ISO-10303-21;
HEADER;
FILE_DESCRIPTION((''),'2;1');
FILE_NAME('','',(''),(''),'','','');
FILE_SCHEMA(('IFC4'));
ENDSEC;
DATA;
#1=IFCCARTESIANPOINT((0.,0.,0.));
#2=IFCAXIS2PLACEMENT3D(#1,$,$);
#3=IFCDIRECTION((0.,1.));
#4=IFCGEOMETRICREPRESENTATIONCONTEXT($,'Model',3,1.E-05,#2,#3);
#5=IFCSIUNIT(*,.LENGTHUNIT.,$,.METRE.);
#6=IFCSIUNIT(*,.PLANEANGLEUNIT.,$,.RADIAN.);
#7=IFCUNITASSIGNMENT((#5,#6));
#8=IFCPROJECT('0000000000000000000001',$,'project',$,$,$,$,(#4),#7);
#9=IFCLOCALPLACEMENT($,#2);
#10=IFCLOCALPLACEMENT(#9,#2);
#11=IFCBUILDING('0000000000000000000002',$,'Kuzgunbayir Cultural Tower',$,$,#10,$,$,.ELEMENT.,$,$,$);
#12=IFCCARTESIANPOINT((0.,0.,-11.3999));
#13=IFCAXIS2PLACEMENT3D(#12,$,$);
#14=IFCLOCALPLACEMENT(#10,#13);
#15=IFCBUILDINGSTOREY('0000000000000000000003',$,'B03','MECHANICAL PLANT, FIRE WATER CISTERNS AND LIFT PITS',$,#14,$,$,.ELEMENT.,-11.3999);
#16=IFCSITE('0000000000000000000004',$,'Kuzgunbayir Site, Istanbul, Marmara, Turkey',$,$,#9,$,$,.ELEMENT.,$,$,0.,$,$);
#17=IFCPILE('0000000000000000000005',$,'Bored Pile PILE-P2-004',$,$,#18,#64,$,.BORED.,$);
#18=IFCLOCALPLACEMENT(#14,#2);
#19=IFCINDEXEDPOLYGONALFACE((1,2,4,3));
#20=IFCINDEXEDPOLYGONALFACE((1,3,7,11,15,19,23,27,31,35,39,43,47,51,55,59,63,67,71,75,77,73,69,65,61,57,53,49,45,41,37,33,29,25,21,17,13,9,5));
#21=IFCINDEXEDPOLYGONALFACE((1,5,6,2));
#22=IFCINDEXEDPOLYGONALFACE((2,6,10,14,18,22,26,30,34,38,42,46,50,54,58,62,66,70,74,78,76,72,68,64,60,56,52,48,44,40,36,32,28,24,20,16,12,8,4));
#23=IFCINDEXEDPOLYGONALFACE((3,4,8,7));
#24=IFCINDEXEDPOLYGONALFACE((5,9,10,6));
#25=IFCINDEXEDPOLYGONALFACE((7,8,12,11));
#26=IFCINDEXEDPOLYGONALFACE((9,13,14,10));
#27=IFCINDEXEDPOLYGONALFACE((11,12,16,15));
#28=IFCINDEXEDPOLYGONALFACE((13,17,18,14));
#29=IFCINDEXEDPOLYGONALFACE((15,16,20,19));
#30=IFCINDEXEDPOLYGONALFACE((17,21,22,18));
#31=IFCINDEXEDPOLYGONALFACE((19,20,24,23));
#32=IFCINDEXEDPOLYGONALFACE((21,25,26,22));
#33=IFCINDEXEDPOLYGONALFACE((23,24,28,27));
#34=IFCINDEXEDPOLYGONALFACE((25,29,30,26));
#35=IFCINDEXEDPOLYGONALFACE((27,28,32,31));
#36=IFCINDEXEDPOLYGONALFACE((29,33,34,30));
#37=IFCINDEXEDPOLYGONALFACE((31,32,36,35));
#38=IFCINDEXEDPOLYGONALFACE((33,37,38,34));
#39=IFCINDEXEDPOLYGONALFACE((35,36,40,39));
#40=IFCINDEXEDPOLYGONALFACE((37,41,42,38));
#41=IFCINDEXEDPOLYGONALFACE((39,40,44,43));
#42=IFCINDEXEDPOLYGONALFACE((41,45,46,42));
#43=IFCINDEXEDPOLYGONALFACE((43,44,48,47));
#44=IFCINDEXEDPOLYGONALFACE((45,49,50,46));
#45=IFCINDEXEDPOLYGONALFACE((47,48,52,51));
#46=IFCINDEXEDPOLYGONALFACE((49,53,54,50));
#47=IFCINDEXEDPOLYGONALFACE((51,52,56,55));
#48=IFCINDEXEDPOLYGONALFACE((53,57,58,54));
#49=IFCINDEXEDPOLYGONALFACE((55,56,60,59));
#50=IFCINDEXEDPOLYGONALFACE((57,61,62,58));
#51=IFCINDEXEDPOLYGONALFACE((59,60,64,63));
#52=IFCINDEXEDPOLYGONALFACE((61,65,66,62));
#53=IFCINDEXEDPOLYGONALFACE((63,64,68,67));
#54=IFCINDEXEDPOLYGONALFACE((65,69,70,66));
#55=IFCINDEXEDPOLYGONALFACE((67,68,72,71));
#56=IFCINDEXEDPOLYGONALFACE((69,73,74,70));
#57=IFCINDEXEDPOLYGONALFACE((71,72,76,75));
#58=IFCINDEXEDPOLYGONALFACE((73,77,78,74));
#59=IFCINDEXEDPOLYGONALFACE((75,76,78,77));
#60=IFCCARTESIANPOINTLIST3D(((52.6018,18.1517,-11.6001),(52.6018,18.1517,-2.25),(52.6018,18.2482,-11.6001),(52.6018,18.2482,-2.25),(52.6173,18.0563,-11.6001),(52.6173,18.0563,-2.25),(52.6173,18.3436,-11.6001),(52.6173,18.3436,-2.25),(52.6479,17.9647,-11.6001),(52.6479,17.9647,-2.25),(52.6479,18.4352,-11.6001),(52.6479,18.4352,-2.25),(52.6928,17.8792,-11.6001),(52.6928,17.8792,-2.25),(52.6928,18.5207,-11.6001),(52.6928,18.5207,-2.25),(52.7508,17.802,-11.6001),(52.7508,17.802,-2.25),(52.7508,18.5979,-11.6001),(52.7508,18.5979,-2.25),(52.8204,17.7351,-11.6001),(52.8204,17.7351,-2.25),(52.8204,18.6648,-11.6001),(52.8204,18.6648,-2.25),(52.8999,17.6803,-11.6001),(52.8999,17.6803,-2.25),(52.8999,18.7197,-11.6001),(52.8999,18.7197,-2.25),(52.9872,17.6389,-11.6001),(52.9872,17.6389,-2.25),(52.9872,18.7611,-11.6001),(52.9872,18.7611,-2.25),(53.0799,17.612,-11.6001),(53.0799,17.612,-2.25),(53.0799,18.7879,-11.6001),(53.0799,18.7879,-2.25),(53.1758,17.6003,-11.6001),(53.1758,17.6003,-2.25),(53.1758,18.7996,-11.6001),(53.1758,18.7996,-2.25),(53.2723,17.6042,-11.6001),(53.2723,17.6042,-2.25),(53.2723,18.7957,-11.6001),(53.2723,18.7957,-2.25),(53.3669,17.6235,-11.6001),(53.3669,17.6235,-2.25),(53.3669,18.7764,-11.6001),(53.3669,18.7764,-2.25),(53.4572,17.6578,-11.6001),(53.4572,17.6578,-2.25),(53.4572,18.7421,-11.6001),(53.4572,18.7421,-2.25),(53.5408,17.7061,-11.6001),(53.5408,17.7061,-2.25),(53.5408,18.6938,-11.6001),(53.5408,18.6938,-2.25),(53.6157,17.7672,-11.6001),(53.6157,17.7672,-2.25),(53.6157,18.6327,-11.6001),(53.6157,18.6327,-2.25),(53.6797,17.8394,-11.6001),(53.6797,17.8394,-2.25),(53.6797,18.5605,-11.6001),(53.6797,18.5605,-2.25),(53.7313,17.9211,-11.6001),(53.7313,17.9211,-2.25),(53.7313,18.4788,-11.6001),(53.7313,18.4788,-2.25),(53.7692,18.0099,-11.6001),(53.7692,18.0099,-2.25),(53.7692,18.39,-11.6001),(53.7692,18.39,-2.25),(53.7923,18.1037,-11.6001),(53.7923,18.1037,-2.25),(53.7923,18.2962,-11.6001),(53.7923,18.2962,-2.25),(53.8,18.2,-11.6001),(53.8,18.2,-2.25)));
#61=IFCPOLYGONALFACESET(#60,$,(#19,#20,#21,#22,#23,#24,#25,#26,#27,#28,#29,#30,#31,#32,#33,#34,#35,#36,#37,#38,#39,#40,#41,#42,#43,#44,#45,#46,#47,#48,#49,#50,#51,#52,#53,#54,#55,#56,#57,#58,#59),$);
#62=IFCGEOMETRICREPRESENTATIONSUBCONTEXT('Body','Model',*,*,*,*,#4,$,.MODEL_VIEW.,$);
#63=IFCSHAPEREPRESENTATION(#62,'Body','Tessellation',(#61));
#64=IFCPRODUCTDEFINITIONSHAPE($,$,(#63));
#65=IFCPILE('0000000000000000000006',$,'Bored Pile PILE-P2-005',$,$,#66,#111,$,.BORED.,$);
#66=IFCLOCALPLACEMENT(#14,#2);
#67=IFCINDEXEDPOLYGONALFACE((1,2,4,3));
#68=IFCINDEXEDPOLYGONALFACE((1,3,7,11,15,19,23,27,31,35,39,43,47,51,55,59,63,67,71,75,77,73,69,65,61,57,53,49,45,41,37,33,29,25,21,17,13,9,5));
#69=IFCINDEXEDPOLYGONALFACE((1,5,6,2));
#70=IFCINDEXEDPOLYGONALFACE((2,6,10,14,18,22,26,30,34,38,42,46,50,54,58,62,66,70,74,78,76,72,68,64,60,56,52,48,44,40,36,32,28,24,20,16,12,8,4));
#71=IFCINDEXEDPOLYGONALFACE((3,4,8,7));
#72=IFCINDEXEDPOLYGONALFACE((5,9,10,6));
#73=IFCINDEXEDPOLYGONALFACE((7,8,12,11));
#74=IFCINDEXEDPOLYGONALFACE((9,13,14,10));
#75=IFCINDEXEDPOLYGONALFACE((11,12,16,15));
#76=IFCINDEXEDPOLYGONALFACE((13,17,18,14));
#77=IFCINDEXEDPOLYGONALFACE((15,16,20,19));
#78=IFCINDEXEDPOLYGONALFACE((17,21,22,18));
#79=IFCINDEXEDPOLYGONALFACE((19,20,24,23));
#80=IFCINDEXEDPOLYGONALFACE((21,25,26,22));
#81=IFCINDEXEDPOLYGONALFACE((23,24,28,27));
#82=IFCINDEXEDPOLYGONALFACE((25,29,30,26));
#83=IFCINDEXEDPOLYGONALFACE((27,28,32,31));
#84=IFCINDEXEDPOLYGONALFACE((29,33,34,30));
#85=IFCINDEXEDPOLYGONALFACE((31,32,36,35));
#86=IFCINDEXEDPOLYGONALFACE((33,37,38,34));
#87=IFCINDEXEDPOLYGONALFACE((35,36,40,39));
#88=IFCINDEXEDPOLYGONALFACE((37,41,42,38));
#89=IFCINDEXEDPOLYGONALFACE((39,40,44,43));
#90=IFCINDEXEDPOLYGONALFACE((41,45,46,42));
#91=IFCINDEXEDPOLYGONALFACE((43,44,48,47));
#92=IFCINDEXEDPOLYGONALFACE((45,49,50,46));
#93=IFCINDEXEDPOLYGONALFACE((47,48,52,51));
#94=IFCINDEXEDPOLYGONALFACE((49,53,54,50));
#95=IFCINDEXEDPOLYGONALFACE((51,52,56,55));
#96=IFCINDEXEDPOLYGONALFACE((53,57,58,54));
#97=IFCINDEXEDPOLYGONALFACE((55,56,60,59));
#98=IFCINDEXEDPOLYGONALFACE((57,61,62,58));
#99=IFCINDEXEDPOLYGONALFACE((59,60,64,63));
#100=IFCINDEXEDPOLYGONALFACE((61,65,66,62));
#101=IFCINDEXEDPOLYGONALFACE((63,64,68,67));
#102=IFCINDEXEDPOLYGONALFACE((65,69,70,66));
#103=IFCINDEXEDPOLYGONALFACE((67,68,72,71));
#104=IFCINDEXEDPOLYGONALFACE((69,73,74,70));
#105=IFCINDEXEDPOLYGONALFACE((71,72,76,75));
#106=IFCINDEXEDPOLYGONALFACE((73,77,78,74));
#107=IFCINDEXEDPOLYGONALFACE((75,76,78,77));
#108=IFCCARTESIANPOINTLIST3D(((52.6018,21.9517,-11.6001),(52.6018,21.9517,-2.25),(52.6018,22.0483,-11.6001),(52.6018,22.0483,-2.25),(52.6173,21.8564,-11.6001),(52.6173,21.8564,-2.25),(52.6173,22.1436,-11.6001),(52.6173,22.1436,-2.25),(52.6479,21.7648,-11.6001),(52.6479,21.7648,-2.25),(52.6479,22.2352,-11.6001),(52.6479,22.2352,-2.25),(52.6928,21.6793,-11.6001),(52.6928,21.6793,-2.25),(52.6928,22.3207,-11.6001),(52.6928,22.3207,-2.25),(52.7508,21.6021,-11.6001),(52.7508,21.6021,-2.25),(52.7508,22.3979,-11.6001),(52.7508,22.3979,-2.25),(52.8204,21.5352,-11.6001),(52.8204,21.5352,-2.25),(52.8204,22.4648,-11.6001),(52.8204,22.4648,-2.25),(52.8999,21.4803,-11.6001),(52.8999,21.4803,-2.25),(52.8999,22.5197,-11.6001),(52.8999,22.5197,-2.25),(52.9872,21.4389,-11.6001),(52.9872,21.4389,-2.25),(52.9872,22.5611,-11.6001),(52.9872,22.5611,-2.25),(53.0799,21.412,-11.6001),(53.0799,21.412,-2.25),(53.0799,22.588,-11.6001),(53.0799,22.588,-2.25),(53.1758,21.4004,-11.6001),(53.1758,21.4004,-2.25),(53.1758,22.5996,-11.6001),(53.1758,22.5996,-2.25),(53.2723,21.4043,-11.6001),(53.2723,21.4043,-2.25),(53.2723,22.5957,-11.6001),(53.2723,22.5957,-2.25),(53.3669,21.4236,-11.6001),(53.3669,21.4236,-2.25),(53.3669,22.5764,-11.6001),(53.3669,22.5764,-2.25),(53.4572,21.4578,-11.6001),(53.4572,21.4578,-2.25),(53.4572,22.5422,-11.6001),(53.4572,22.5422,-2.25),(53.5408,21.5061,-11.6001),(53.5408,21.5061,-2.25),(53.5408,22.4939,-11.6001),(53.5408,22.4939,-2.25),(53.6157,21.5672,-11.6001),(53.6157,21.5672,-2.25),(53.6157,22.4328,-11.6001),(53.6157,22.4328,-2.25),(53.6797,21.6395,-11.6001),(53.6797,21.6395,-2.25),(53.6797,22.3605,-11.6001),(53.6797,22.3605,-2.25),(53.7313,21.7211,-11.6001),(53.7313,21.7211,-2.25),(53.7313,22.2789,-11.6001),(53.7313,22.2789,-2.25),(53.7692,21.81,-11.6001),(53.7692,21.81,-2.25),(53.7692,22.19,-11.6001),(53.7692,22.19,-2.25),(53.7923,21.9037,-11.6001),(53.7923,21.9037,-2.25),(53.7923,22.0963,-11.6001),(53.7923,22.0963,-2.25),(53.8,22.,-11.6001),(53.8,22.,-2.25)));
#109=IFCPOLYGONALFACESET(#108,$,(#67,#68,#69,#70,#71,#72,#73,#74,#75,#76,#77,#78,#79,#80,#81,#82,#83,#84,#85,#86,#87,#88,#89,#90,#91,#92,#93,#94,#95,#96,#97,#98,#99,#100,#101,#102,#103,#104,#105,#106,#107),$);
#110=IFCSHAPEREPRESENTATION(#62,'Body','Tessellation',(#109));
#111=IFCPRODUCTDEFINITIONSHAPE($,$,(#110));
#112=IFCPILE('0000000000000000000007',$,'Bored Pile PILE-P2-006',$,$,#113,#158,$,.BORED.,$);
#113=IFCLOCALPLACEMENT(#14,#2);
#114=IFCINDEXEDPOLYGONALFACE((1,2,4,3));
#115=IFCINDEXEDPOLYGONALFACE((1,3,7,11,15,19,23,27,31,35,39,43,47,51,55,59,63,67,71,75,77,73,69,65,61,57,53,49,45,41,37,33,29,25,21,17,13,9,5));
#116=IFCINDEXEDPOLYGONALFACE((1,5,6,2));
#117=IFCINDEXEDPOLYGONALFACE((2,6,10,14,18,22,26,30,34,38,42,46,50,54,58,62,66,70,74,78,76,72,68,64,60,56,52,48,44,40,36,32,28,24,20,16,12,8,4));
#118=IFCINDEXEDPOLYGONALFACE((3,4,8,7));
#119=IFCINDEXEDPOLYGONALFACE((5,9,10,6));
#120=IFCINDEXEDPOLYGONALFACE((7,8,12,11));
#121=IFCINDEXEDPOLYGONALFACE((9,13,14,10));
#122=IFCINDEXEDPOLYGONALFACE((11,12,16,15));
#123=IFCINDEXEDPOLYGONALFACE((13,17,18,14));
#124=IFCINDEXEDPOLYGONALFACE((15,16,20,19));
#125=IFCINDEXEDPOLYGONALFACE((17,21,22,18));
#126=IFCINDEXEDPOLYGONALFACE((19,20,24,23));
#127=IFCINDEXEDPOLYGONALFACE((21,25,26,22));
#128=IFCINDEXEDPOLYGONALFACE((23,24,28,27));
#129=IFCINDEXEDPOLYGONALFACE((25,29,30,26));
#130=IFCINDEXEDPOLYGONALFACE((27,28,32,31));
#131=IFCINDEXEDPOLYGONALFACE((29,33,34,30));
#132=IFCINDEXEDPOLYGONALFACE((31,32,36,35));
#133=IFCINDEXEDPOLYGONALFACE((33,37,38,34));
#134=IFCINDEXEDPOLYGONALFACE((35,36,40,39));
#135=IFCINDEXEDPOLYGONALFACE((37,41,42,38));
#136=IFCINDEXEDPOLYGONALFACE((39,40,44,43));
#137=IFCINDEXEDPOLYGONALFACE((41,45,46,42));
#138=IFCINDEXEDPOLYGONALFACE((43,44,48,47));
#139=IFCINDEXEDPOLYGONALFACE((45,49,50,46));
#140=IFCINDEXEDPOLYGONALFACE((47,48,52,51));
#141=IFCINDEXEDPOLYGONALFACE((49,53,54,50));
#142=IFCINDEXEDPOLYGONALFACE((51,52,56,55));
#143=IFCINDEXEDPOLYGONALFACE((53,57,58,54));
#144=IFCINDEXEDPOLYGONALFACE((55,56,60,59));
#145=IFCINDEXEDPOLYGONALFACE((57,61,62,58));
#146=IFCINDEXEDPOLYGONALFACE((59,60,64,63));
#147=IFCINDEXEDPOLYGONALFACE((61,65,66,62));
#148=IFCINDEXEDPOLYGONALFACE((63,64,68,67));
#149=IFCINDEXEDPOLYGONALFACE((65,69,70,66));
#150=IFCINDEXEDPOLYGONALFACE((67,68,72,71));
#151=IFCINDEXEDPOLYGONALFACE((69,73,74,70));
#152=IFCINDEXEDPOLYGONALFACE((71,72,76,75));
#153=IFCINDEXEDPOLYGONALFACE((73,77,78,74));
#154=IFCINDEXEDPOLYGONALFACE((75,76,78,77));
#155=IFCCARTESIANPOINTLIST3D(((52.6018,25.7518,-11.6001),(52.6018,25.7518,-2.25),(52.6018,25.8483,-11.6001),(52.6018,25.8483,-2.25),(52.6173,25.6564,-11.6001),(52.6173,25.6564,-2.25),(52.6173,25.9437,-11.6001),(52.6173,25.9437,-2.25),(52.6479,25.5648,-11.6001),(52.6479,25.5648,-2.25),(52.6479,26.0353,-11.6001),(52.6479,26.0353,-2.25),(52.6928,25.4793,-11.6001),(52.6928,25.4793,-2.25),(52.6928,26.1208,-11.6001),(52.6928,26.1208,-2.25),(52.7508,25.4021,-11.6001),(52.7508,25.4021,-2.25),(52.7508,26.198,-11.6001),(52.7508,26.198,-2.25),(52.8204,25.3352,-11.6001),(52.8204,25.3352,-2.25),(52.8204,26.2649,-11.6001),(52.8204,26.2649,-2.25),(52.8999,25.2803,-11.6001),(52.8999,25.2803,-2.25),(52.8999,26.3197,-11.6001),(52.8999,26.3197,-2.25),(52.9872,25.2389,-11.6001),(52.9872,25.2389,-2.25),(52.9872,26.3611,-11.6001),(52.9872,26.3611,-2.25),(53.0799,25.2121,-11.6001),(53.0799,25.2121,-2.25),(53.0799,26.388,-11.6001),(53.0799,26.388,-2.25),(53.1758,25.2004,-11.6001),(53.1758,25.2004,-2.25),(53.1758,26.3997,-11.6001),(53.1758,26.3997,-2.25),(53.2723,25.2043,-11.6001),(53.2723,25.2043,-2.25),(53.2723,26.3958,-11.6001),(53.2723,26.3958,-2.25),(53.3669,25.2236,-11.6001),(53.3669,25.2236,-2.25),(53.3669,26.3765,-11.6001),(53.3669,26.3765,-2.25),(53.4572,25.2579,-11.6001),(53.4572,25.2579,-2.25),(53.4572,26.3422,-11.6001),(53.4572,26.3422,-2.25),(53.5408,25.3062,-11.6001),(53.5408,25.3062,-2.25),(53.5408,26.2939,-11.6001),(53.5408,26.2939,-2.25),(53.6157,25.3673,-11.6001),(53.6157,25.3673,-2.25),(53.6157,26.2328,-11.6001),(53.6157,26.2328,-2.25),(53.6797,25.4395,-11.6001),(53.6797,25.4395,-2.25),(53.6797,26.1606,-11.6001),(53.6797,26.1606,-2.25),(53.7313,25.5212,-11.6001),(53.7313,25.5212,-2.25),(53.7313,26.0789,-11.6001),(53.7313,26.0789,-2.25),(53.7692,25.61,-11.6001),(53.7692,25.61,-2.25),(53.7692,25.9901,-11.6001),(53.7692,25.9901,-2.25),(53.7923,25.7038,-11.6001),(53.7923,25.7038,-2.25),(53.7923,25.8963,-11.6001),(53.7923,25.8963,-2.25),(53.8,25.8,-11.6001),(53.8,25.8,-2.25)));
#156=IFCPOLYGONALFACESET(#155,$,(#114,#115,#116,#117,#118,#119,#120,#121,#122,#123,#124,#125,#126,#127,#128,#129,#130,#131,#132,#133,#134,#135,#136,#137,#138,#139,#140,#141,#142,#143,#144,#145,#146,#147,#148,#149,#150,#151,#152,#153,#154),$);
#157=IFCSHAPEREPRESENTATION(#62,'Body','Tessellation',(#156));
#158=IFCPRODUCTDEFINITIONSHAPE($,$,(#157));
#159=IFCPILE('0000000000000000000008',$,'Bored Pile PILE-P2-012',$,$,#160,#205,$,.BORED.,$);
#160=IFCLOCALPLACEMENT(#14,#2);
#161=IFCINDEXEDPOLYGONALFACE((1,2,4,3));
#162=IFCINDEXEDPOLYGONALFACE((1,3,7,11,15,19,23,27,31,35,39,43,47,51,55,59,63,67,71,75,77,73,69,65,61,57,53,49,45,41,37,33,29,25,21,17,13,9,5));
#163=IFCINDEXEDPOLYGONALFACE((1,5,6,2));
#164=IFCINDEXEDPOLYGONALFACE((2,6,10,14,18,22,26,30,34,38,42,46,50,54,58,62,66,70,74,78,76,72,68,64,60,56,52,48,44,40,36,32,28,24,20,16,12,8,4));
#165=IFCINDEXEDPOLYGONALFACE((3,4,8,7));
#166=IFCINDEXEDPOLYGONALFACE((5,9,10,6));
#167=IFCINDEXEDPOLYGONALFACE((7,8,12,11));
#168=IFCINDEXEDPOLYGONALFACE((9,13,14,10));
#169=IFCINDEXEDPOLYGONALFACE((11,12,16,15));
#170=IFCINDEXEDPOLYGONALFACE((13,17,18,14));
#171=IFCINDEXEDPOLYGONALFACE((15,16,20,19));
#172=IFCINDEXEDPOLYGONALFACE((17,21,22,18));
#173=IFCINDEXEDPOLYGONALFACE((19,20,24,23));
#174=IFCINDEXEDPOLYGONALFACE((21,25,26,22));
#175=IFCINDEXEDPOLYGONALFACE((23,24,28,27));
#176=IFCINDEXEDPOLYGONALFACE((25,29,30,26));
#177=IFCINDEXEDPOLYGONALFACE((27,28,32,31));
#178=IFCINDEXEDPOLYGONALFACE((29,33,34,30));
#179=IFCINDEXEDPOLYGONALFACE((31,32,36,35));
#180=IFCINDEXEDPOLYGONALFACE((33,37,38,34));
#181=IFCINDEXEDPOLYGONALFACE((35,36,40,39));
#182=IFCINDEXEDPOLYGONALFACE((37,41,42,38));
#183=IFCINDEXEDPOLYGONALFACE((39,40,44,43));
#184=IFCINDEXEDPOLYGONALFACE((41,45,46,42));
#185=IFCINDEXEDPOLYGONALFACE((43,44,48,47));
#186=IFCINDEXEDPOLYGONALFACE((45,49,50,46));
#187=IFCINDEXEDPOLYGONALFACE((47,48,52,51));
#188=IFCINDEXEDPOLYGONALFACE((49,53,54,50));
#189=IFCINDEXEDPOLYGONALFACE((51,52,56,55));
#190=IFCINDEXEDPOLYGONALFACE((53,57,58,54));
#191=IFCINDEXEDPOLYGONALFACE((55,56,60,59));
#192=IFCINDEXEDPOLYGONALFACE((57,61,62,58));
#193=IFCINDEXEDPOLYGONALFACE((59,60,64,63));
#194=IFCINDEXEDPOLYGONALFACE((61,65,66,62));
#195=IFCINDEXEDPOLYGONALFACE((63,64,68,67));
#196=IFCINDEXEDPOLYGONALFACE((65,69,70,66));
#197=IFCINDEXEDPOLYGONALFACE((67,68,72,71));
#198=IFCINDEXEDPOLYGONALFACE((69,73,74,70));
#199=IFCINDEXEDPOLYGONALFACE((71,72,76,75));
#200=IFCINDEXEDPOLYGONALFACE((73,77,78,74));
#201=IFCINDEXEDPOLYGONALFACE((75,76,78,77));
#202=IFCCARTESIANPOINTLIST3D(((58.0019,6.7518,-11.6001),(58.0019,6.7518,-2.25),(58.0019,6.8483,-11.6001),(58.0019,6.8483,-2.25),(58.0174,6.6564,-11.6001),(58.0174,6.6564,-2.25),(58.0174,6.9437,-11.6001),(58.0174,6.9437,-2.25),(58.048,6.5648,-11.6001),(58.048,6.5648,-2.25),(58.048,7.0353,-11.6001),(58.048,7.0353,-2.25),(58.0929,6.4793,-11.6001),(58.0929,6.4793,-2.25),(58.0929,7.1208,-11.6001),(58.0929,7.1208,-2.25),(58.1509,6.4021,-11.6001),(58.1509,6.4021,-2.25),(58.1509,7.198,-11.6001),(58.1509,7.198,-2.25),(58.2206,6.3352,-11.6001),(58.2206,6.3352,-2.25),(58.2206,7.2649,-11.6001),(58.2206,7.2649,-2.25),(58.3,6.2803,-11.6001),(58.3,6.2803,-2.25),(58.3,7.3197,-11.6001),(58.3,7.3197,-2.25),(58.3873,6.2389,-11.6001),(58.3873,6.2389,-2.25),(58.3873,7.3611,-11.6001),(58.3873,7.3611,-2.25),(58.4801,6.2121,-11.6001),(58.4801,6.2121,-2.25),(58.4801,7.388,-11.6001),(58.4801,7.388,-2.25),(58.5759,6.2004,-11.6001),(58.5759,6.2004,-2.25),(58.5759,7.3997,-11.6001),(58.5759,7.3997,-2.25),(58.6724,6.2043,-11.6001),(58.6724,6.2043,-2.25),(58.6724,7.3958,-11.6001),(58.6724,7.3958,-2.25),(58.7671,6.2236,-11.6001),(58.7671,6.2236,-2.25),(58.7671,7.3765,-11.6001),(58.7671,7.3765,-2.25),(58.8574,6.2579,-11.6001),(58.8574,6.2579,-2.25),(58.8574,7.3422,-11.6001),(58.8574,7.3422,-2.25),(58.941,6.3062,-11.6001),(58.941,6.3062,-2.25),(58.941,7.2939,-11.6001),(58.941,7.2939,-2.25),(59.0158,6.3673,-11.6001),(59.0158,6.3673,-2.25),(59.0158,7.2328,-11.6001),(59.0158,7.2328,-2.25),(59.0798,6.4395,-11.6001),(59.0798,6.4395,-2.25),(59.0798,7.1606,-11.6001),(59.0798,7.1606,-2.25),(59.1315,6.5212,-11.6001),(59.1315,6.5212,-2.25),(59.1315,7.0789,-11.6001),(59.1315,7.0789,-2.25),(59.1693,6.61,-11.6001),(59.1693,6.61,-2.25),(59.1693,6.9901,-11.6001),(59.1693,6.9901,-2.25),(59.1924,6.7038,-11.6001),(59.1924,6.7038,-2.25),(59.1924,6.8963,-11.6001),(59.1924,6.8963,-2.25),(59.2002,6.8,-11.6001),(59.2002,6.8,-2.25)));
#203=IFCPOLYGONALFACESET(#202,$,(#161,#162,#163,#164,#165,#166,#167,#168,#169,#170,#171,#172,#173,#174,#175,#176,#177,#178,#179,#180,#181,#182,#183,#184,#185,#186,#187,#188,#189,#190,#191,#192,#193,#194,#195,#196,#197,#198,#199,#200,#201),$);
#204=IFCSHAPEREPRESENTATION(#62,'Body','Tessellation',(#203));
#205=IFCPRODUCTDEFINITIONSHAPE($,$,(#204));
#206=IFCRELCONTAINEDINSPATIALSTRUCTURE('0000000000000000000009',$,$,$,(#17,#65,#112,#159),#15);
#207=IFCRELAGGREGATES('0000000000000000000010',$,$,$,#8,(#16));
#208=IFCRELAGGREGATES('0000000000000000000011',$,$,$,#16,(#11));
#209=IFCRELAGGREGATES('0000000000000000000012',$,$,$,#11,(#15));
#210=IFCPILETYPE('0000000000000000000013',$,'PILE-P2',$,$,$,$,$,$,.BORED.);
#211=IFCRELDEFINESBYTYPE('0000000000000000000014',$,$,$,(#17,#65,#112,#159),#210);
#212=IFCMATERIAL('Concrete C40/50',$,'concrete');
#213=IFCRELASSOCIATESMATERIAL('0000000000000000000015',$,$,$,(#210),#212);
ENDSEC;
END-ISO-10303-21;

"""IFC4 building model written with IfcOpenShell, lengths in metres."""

from ifc_helpers import new_model, si_unit, direction, frame, origin, origin_2d, place, context, subcontext, project, spatial, circle, extrude, material, material_profile, profile_set, type_object, element, save


model = new_model("IFC4")

# Units and contexts
model_context = context("Model", 3, precision=1e-05, world=origin(), true_north=direction((0.0, 1.0)))
body_context = subcontext(model_context, "Body", "Model", "MODEL_VIEW")
ifc_project = project(units=[si_unit("LENGTHUNIT", "METRE"), si_unit("PLANEANGLEUNIT", "RADIAN")], contexts=[model_context])

# Site, building, storey
site_placement = place(None, origin())
site = spatial("IfcSite", under=ifc_project, at=site_placement, Name="Kuzgunbayir Site, Istanbul, Marmara, Turkey", CompositionType="ELEMENT", RefElevation=0.0)
building_placement = place(site_placement, origin())
building = spatial("IfcBuilding", under=site, at=building_placement, Name="Kuzgunbayir Cultural Tower", CompositionType="ELEMENT")
storey_placement = place(building_placement, frame((0.0, 0.0, -11.3999)))
storey = spatial("IfcBuildingStorey", under=building, at=storey_placement, Name="B03", Description="MECHANICAL PLANT, FIRE WATER CISTERNS AND LIFT PITS", CompositionType="ELEMENT", Elevation=-11.3999)

# Piles
ifc_material_1 = material(Name="Concrete C40/50", Category="concrete")
ifc_material_profile_1 = material_profile(ifc_material_1, circle(Radius=0.6001, at=origin_2d()), Name="BORED PILE 1200")
ifc_profile_set_1 = profile_set([ifc_material_profile_1], Name="Concrete C40/50")
pile_type_1 = type_object("IfcPileType", Name="PILE-P2", PredefinedType="BORED", material=ifc_profile_set_1)
for number, where, z_axis, x_axis, name in (
    (1, (53.2, 18.2, -2.25), (0.0, 0.0, -1.0), (1.0, 0.0, 0.0), "Bored Pile PILE-P2-004"),
    (2, (53.2, 22.0, -2.25), (0.0, 0.0, -1.0), (1.0, 0.0, 0.0), "Bored Pile PILE-P2-005"),
    (3, (53.2, 25.8, -2.25), (0.0, 0.0, -1.0), (1.0, 0.0, 0.0), "Bored Pile PILE-P2-006"),
    (4, (58.6001, 6.8, -2.25), (0.0, 0.0, -1.0), (1.0, 0.0, 0.0), "Bored Pile PILE-P2-012"),
):
    element("IfcPile", number, at=place(storey_placement, frame(where, z_axis=z_axis, x_axis=x_axis)), inside=storey, type_object=pile_type_1, Name=name, PredefinedType="BORED", context=body_context, shape_type="SweptSolid", body=[
        extrude(circle(Radius=0.6001, at=origin_2d()), origin(), (0.0, 0.0, 1.0), 9.3501),
    ])

save(model, "model.ifc")
